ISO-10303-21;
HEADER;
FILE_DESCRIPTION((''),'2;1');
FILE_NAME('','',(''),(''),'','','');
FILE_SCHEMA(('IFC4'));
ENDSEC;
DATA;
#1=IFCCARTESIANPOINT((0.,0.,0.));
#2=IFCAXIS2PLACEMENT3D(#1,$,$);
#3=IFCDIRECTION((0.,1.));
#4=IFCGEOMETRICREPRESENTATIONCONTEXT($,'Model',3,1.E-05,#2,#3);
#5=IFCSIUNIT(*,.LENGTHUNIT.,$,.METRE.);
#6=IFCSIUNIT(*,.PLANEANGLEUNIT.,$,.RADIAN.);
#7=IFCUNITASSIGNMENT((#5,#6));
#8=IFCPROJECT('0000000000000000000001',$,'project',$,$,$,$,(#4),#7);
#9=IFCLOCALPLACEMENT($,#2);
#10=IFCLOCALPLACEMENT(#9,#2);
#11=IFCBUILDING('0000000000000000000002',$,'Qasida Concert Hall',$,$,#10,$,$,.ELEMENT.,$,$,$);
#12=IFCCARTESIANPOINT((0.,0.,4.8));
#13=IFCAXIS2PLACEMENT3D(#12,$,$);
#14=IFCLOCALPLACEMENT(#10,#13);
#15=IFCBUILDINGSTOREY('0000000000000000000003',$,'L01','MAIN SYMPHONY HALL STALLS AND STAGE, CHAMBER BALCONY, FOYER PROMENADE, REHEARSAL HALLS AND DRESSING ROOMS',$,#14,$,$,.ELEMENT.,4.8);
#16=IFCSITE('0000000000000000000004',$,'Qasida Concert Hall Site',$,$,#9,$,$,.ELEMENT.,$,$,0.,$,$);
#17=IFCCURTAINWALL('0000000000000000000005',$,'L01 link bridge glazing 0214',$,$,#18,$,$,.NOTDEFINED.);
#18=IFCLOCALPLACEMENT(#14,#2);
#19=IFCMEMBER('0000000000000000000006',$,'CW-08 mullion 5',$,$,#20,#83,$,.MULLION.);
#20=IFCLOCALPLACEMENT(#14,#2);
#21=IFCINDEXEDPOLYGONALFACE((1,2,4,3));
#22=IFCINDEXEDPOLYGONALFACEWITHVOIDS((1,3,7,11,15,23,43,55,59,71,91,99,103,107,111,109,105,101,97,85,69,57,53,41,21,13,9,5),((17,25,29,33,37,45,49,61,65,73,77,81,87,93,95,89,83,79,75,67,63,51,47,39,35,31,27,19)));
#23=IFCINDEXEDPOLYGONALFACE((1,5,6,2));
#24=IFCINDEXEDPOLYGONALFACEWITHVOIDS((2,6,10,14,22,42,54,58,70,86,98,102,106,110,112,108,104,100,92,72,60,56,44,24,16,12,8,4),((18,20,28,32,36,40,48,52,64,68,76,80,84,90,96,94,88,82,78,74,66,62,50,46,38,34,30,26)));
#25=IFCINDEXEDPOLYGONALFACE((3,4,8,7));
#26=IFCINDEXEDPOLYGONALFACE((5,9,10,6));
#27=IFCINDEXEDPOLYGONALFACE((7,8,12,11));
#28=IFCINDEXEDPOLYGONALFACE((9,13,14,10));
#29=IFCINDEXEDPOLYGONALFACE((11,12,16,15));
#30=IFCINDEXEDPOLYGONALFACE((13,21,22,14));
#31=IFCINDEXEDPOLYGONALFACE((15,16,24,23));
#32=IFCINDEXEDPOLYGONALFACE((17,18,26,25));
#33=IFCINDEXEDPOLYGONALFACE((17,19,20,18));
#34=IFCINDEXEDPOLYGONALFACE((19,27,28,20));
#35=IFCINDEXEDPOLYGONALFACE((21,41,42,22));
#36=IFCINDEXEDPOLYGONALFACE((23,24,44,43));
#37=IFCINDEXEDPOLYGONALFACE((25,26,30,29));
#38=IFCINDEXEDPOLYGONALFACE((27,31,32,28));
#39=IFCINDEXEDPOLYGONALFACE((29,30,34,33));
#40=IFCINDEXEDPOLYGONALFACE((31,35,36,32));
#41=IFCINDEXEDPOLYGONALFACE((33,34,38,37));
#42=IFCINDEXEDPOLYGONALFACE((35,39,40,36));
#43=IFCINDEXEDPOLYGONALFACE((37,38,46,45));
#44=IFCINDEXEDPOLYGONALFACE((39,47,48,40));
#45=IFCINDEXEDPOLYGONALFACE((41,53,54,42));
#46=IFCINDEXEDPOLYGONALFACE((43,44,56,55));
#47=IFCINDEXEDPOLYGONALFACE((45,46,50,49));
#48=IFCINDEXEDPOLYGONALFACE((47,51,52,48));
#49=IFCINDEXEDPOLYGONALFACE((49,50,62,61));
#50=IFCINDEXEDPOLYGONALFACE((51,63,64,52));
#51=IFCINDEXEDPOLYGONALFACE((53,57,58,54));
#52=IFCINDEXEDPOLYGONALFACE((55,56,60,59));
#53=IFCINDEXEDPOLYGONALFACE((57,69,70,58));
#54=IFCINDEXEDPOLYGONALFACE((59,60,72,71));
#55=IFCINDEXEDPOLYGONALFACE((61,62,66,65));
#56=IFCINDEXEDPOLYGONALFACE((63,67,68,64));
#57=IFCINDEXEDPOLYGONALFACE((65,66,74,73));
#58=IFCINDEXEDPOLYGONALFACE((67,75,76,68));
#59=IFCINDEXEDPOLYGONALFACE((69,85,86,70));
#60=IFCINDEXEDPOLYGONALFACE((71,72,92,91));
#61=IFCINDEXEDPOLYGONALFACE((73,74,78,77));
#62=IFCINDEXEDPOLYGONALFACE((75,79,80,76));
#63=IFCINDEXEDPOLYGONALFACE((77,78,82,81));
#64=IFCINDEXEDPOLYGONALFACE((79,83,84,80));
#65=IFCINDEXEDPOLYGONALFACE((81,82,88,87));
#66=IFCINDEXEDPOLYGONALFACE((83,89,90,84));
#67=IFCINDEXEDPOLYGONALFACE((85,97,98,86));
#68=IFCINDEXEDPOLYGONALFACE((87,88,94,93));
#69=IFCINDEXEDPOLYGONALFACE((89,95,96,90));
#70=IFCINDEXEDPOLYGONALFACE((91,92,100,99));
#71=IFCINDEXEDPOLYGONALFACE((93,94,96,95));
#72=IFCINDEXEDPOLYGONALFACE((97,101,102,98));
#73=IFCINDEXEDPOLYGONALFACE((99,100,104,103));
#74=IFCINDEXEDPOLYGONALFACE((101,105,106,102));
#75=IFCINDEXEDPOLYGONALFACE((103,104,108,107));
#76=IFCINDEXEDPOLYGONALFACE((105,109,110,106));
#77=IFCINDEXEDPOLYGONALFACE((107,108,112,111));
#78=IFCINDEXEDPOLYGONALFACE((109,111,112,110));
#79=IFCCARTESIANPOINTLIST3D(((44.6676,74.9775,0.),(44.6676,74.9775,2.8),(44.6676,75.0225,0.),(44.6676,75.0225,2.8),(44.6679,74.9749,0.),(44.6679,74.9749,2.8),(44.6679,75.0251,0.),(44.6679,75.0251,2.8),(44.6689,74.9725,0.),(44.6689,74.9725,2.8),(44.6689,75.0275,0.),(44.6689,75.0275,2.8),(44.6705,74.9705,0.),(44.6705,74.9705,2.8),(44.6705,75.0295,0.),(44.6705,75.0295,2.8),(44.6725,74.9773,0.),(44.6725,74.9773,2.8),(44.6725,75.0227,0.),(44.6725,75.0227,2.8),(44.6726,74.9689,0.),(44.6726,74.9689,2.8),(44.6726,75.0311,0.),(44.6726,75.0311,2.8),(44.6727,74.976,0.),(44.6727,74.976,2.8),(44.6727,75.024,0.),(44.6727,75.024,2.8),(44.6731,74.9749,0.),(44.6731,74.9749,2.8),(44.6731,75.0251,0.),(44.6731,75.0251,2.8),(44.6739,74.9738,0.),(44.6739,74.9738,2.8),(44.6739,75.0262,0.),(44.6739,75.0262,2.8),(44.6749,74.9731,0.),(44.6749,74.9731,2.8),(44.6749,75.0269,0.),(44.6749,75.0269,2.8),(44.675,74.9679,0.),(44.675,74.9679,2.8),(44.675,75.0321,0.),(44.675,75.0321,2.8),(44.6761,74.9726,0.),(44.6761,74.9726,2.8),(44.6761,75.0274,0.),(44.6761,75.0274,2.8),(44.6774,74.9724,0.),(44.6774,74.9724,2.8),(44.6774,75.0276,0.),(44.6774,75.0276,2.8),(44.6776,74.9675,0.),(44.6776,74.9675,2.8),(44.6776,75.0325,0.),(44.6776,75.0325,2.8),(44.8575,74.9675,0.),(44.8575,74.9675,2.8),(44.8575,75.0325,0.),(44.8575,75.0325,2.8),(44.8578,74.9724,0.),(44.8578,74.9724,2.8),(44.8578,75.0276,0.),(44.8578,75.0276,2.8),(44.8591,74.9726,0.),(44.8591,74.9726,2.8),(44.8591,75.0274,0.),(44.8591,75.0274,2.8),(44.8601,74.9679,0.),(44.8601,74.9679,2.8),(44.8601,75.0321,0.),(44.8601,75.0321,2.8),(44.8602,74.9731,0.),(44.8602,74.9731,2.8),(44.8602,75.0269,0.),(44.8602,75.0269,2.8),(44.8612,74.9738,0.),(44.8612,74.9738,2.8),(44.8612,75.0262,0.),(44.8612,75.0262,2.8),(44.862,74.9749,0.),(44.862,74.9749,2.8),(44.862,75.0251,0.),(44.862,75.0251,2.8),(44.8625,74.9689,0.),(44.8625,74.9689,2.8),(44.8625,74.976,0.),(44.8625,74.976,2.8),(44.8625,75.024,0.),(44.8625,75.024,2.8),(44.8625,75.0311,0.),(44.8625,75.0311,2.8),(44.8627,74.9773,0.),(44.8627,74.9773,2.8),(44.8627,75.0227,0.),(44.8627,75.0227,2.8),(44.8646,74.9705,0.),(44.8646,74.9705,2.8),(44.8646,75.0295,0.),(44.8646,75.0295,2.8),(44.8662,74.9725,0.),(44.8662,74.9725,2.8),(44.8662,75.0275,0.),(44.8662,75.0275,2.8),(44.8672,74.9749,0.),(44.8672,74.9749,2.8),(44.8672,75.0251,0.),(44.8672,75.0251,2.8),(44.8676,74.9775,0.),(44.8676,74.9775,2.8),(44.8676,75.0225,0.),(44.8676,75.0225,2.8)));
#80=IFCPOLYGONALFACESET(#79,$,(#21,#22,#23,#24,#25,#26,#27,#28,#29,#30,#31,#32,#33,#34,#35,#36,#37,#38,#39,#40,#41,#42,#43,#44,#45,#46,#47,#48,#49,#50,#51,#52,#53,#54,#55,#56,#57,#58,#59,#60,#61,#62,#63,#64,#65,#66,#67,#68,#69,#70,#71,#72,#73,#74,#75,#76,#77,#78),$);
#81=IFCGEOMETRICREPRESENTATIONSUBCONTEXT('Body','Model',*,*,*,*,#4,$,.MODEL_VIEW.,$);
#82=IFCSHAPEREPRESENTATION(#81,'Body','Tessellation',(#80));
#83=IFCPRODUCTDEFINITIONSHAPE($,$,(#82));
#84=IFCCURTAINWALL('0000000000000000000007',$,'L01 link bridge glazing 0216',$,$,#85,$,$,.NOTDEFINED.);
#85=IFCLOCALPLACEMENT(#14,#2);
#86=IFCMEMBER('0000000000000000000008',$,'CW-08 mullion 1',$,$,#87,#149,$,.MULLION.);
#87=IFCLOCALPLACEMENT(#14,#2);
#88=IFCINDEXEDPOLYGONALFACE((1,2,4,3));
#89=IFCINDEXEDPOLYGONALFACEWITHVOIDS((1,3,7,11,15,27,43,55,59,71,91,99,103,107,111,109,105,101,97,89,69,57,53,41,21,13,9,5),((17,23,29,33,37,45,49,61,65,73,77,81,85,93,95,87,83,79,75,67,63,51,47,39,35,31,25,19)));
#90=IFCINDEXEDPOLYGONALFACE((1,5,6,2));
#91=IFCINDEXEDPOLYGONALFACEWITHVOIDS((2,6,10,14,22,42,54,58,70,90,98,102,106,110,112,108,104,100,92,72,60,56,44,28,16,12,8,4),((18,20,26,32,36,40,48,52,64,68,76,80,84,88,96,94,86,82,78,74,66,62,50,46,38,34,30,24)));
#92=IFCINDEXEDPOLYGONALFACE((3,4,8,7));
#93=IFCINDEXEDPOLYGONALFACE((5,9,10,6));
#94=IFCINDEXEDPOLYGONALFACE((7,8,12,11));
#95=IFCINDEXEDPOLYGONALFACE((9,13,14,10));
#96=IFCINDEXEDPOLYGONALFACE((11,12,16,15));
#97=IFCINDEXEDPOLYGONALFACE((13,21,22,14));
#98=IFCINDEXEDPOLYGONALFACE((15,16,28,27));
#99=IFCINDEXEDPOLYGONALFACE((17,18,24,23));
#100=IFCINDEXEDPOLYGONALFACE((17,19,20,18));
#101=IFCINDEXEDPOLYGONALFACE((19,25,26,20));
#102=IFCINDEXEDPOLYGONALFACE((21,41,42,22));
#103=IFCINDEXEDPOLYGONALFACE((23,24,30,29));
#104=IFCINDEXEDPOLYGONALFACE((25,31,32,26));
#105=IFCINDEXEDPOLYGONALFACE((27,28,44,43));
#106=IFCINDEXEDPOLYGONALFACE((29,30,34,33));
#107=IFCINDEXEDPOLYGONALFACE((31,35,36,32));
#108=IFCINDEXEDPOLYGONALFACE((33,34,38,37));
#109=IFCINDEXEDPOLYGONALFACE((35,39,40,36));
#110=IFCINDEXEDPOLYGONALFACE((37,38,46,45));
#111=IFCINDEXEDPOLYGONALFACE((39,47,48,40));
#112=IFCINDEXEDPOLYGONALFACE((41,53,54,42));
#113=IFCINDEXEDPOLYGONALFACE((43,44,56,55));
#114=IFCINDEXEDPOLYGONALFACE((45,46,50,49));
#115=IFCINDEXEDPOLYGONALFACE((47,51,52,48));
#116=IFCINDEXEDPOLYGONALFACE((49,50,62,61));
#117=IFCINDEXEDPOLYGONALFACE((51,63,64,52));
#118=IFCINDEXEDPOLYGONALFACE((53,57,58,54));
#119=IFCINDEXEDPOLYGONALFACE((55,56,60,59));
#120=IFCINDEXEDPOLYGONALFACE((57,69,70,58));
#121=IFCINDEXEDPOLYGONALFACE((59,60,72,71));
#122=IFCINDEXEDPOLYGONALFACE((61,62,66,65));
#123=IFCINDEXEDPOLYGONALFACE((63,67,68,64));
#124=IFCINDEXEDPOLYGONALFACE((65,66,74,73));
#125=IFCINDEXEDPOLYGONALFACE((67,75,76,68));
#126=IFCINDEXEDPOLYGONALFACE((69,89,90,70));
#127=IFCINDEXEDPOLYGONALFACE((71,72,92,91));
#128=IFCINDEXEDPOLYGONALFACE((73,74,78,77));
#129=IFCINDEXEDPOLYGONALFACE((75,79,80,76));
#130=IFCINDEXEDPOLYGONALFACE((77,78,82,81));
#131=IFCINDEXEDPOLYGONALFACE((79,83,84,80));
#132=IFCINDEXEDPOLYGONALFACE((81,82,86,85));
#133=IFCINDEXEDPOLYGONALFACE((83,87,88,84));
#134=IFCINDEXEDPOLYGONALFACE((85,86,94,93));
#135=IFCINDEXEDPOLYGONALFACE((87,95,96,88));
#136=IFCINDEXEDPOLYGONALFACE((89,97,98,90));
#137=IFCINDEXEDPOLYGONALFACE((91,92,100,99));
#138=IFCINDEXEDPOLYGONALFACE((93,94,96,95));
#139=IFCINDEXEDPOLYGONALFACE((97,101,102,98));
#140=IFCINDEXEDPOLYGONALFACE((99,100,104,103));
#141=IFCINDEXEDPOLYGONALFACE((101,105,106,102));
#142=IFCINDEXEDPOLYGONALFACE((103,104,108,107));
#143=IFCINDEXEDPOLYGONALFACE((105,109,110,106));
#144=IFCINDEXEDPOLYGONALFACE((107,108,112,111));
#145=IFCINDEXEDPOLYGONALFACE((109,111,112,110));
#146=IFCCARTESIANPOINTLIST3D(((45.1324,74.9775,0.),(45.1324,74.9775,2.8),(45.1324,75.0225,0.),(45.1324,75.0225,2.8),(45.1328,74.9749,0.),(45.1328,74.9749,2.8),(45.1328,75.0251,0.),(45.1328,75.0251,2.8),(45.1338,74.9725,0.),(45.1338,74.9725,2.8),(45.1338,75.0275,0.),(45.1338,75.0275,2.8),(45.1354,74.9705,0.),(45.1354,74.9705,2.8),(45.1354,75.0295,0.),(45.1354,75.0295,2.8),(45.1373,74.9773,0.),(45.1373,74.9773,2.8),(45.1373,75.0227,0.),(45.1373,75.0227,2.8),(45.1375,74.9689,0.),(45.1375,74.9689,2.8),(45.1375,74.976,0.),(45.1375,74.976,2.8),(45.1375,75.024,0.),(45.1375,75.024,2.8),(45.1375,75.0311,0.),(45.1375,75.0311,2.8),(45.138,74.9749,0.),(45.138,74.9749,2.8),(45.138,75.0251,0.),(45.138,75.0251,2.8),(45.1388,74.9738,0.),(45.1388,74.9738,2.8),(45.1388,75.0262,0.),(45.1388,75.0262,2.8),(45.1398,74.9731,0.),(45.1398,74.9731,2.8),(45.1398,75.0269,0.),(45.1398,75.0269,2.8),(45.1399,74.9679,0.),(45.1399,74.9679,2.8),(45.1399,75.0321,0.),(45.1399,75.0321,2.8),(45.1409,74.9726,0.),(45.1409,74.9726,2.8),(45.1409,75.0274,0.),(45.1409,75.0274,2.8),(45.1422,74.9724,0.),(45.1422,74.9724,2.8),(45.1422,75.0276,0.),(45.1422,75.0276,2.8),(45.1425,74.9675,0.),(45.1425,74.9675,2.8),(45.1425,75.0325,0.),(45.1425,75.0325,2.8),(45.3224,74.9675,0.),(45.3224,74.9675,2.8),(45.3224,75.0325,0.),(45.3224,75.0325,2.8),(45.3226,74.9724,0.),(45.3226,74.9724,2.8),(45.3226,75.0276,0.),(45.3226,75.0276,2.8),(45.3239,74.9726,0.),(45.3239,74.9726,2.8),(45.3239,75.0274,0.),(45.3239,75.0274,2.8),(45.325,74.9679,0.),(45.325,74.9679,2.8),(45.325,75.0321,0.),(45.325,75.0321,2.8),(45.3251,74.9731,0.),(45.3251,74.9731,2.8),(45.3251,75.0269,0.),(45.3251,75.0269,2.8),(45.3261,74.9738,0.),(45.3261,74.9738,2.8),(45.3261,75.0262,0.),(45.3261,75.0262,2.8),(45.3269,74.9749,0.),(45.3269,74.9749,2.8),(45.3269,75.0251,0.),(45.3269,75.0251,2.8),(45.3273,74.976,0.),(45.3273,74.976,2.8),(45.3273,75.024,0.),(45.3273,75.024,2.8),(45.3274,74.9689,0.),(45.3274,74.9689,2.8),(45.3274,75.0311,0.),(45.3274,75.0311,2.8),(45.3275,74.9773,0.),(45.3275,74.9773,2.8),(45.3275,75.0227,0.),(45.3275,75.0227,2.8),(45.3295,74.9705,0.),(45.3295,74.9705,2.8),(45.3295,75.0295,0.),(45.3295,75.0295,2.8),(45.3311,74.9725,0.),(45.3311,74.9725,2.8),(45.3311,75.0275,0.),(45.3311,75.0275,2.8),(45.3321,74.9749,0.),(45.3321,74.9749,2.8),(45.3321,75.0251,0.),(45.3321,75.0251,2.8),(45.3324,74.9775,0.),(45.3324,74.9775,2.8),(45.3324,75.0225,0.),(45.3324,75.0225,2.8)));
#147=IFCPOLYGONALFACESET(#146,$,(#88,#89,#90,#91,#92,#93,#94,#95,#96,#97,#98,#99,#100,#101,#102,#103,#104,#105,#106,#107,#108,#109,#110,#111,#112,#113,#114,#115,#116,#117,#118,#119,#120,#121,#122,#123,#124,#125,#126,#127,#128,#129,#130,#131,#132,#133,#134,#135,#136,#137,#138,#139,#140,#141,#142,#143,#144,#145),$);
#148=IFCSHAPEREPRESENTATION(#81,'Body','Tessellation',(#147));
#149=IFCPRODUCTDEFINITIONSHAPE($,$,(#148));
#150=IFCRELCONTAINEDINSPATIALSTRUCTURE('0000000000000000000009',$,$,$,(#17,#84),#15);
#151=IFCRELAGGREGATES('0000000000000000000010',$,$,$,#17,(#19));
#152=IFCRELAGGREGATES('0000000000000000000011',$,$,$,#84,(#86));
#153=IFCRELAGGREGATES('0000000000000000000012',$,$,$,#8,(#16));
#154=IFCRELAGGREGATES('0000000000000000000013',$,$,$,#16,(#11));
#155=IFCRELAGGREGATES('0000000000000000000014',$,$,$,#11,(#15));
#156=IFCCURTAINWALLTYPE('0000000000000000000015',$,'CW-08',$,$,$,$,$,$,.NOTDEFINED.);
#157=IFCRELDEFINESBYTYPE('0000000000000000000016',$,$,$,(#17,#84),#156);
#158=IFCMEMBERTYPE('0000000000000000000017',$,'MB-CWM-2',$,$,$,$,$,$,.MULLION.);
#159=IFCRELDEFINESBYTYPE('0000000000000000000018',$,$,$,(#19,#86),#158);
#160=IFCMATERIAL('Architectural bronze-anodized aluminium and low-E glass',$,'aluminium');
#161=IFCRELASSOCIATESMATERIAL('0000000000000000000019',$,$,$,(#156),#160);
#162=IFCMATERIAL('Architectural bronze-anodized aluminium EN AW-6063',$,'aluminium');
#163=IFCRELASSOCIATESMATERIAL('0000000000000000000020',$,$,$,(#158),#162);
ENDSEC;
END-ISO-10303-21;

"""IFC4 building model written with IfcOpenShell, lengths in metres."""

from ifc_helpers import new_model, si_unit, direction, frame, origin, origin_2d, place, context, subcontext, project, spatial, hollow_rectangle, extrude, material, material_profile, profile_set, type_object, element, aggregate, save


model = new_model("IFC4")

# Units and contexts
model_context = context("Model", 3, precision=1e-05, world=origin(), true_north=direction((0.0, 1.0)))
body_context = subcontext(model_context, "Body", "Model", "MODEL_VIEW")
ifc_project = project(units=[si_unit("LENGTHUNIT", "METRE"), si_unit("PLANEANGLEUNIT", "RADIAN")], contexts=[model_context])

# Site, building, storey
site_placement = place(None, origin())
site = spatial("IfcSite", under=ifc_project, at=site_placement, Name="Qasida Concert Hall Site", CompositionType="ELEMENT", RefElevation=0.0)
building_placement = place(site_placement, origin())
building = spatial("IfcBuilding", under=site, at=building_placement, Name="Qasida Concert Hall", CompositionType="ELEMENT")
storey_placement = place(building_placement, frame((0.0, 0.0, 4.8)))
storey = spatial("IfcBuildingStorey", under=building, at=storey_placement, Name="L01", Description="MAIN SYMPHONY HALL STALLS AND STAGE, CHAMBER BALCONY, FOYER PROMENADE, REHEARSAL HALLS AND DRESSING ROOMS", CompositionType="ELEMENT", Elevation=4.8)

# Curtain wall, member
ifc_material_1 = material(Name="Architectural bronze-anodized aluminium and low-E glass", Category="aluminium")
curtain_wall_type = type_object("IfcCurtainWallType", Name="CW-08", PredefinedType="NOTDEFINED", material=ifc_material_1)
curtain_wall_1_placement = place(storey_placement, origin())
curtain_wall_1 = element("IfcCurtainWall", 1, at=curtain_wall_1_placement, inside=storey, type_object=curtain_wall_type, Name="L01 link bridge glazing 0214", PredefinedType="NOTDEFINED")
ifc_material_2 = material(Name="Architectural bronze-anodized aluminium EN AW-6063", Category="aluminium")
ifc_material_profile_1 = material_profile(ifc_material_2, hollow_rectangle(XDim=0.0649, YDim=0.2, WallThickness=0.0049, InnerFilletRadius=0.0049, OuterFilletRadius=0.01, at=origin_2d()), Name="CWM 200x65x5")
ifc_profile_set_1 = profile_set([ifc_material_profile_1], Name="Architectural bronze-anodized aluminium EN AW-6063")
member_type_1 = type_object("IfcMemberType", Name="MB-CWM-2", PredefinedType="MULLION", material=ifc_profile_set_1)
member_1_placement = place(storey_placement, frame((44.7676, 75.0, 0.0), z_axis=(0.0, 0.0, 1.0), x_axis=(0.0, 1.0, 0.0)))
member_1 = element("IfcMember", 2, at=member_1_placement, type_object=member_type_1, Name="CW-08 mullion 5", PredefinedType="MULLION", context=body_context, shape_type="SweptSolid", body=[
    extrude(hollow_rectangle(XDim=0.0649, YDim=0.2, WallThickness=0.0049, InnerFilletRadius=0.0049, OuterFilletRadius=0.01, at=origin_2d()), origin(), (0.0, 0.0, 1.0), 2.8),
])

# Curtain wall, member
curtain_wall_2_placement = place(storey_placement, origin())
curtain_wall_2 = element("IfcCurtainWall", 3, at=curtain_wall_2_placement, inside=storey, type_object=curtain_wall_type, Name="L01 link bridge glazing 0216", PredefinedType="NOTDEFINED")
member_2_placement = place(storey_placement, frame((45.2324, 75.0, 0.0), z_axis=(0.0, 0.0, 1.0), x_axis=(0.0, 1.0, 0.0)))
member_2 = element("IfcMember", 4, at=member_2_placement, type_object=member_type_1, Name="CW-08 mullion 1", PredefinedType="MULLION", context=body_context, shape_type="SweptSolid", body=[
    extrude(hollow_rectangle(XDim=0.0649, YDim=0.2, WallThickness=0.0049, InnerFilletRadius=0.0049, OuterFilletRadius=0.01, at=origin_2d()), origin(), (0.0, 0.0, 1.0), 2.8),
])

aggregate(curtain_wall_1, [member_1])
aggregate(curtain_wall_2, [member_2])

save(model, "model.ifc")
